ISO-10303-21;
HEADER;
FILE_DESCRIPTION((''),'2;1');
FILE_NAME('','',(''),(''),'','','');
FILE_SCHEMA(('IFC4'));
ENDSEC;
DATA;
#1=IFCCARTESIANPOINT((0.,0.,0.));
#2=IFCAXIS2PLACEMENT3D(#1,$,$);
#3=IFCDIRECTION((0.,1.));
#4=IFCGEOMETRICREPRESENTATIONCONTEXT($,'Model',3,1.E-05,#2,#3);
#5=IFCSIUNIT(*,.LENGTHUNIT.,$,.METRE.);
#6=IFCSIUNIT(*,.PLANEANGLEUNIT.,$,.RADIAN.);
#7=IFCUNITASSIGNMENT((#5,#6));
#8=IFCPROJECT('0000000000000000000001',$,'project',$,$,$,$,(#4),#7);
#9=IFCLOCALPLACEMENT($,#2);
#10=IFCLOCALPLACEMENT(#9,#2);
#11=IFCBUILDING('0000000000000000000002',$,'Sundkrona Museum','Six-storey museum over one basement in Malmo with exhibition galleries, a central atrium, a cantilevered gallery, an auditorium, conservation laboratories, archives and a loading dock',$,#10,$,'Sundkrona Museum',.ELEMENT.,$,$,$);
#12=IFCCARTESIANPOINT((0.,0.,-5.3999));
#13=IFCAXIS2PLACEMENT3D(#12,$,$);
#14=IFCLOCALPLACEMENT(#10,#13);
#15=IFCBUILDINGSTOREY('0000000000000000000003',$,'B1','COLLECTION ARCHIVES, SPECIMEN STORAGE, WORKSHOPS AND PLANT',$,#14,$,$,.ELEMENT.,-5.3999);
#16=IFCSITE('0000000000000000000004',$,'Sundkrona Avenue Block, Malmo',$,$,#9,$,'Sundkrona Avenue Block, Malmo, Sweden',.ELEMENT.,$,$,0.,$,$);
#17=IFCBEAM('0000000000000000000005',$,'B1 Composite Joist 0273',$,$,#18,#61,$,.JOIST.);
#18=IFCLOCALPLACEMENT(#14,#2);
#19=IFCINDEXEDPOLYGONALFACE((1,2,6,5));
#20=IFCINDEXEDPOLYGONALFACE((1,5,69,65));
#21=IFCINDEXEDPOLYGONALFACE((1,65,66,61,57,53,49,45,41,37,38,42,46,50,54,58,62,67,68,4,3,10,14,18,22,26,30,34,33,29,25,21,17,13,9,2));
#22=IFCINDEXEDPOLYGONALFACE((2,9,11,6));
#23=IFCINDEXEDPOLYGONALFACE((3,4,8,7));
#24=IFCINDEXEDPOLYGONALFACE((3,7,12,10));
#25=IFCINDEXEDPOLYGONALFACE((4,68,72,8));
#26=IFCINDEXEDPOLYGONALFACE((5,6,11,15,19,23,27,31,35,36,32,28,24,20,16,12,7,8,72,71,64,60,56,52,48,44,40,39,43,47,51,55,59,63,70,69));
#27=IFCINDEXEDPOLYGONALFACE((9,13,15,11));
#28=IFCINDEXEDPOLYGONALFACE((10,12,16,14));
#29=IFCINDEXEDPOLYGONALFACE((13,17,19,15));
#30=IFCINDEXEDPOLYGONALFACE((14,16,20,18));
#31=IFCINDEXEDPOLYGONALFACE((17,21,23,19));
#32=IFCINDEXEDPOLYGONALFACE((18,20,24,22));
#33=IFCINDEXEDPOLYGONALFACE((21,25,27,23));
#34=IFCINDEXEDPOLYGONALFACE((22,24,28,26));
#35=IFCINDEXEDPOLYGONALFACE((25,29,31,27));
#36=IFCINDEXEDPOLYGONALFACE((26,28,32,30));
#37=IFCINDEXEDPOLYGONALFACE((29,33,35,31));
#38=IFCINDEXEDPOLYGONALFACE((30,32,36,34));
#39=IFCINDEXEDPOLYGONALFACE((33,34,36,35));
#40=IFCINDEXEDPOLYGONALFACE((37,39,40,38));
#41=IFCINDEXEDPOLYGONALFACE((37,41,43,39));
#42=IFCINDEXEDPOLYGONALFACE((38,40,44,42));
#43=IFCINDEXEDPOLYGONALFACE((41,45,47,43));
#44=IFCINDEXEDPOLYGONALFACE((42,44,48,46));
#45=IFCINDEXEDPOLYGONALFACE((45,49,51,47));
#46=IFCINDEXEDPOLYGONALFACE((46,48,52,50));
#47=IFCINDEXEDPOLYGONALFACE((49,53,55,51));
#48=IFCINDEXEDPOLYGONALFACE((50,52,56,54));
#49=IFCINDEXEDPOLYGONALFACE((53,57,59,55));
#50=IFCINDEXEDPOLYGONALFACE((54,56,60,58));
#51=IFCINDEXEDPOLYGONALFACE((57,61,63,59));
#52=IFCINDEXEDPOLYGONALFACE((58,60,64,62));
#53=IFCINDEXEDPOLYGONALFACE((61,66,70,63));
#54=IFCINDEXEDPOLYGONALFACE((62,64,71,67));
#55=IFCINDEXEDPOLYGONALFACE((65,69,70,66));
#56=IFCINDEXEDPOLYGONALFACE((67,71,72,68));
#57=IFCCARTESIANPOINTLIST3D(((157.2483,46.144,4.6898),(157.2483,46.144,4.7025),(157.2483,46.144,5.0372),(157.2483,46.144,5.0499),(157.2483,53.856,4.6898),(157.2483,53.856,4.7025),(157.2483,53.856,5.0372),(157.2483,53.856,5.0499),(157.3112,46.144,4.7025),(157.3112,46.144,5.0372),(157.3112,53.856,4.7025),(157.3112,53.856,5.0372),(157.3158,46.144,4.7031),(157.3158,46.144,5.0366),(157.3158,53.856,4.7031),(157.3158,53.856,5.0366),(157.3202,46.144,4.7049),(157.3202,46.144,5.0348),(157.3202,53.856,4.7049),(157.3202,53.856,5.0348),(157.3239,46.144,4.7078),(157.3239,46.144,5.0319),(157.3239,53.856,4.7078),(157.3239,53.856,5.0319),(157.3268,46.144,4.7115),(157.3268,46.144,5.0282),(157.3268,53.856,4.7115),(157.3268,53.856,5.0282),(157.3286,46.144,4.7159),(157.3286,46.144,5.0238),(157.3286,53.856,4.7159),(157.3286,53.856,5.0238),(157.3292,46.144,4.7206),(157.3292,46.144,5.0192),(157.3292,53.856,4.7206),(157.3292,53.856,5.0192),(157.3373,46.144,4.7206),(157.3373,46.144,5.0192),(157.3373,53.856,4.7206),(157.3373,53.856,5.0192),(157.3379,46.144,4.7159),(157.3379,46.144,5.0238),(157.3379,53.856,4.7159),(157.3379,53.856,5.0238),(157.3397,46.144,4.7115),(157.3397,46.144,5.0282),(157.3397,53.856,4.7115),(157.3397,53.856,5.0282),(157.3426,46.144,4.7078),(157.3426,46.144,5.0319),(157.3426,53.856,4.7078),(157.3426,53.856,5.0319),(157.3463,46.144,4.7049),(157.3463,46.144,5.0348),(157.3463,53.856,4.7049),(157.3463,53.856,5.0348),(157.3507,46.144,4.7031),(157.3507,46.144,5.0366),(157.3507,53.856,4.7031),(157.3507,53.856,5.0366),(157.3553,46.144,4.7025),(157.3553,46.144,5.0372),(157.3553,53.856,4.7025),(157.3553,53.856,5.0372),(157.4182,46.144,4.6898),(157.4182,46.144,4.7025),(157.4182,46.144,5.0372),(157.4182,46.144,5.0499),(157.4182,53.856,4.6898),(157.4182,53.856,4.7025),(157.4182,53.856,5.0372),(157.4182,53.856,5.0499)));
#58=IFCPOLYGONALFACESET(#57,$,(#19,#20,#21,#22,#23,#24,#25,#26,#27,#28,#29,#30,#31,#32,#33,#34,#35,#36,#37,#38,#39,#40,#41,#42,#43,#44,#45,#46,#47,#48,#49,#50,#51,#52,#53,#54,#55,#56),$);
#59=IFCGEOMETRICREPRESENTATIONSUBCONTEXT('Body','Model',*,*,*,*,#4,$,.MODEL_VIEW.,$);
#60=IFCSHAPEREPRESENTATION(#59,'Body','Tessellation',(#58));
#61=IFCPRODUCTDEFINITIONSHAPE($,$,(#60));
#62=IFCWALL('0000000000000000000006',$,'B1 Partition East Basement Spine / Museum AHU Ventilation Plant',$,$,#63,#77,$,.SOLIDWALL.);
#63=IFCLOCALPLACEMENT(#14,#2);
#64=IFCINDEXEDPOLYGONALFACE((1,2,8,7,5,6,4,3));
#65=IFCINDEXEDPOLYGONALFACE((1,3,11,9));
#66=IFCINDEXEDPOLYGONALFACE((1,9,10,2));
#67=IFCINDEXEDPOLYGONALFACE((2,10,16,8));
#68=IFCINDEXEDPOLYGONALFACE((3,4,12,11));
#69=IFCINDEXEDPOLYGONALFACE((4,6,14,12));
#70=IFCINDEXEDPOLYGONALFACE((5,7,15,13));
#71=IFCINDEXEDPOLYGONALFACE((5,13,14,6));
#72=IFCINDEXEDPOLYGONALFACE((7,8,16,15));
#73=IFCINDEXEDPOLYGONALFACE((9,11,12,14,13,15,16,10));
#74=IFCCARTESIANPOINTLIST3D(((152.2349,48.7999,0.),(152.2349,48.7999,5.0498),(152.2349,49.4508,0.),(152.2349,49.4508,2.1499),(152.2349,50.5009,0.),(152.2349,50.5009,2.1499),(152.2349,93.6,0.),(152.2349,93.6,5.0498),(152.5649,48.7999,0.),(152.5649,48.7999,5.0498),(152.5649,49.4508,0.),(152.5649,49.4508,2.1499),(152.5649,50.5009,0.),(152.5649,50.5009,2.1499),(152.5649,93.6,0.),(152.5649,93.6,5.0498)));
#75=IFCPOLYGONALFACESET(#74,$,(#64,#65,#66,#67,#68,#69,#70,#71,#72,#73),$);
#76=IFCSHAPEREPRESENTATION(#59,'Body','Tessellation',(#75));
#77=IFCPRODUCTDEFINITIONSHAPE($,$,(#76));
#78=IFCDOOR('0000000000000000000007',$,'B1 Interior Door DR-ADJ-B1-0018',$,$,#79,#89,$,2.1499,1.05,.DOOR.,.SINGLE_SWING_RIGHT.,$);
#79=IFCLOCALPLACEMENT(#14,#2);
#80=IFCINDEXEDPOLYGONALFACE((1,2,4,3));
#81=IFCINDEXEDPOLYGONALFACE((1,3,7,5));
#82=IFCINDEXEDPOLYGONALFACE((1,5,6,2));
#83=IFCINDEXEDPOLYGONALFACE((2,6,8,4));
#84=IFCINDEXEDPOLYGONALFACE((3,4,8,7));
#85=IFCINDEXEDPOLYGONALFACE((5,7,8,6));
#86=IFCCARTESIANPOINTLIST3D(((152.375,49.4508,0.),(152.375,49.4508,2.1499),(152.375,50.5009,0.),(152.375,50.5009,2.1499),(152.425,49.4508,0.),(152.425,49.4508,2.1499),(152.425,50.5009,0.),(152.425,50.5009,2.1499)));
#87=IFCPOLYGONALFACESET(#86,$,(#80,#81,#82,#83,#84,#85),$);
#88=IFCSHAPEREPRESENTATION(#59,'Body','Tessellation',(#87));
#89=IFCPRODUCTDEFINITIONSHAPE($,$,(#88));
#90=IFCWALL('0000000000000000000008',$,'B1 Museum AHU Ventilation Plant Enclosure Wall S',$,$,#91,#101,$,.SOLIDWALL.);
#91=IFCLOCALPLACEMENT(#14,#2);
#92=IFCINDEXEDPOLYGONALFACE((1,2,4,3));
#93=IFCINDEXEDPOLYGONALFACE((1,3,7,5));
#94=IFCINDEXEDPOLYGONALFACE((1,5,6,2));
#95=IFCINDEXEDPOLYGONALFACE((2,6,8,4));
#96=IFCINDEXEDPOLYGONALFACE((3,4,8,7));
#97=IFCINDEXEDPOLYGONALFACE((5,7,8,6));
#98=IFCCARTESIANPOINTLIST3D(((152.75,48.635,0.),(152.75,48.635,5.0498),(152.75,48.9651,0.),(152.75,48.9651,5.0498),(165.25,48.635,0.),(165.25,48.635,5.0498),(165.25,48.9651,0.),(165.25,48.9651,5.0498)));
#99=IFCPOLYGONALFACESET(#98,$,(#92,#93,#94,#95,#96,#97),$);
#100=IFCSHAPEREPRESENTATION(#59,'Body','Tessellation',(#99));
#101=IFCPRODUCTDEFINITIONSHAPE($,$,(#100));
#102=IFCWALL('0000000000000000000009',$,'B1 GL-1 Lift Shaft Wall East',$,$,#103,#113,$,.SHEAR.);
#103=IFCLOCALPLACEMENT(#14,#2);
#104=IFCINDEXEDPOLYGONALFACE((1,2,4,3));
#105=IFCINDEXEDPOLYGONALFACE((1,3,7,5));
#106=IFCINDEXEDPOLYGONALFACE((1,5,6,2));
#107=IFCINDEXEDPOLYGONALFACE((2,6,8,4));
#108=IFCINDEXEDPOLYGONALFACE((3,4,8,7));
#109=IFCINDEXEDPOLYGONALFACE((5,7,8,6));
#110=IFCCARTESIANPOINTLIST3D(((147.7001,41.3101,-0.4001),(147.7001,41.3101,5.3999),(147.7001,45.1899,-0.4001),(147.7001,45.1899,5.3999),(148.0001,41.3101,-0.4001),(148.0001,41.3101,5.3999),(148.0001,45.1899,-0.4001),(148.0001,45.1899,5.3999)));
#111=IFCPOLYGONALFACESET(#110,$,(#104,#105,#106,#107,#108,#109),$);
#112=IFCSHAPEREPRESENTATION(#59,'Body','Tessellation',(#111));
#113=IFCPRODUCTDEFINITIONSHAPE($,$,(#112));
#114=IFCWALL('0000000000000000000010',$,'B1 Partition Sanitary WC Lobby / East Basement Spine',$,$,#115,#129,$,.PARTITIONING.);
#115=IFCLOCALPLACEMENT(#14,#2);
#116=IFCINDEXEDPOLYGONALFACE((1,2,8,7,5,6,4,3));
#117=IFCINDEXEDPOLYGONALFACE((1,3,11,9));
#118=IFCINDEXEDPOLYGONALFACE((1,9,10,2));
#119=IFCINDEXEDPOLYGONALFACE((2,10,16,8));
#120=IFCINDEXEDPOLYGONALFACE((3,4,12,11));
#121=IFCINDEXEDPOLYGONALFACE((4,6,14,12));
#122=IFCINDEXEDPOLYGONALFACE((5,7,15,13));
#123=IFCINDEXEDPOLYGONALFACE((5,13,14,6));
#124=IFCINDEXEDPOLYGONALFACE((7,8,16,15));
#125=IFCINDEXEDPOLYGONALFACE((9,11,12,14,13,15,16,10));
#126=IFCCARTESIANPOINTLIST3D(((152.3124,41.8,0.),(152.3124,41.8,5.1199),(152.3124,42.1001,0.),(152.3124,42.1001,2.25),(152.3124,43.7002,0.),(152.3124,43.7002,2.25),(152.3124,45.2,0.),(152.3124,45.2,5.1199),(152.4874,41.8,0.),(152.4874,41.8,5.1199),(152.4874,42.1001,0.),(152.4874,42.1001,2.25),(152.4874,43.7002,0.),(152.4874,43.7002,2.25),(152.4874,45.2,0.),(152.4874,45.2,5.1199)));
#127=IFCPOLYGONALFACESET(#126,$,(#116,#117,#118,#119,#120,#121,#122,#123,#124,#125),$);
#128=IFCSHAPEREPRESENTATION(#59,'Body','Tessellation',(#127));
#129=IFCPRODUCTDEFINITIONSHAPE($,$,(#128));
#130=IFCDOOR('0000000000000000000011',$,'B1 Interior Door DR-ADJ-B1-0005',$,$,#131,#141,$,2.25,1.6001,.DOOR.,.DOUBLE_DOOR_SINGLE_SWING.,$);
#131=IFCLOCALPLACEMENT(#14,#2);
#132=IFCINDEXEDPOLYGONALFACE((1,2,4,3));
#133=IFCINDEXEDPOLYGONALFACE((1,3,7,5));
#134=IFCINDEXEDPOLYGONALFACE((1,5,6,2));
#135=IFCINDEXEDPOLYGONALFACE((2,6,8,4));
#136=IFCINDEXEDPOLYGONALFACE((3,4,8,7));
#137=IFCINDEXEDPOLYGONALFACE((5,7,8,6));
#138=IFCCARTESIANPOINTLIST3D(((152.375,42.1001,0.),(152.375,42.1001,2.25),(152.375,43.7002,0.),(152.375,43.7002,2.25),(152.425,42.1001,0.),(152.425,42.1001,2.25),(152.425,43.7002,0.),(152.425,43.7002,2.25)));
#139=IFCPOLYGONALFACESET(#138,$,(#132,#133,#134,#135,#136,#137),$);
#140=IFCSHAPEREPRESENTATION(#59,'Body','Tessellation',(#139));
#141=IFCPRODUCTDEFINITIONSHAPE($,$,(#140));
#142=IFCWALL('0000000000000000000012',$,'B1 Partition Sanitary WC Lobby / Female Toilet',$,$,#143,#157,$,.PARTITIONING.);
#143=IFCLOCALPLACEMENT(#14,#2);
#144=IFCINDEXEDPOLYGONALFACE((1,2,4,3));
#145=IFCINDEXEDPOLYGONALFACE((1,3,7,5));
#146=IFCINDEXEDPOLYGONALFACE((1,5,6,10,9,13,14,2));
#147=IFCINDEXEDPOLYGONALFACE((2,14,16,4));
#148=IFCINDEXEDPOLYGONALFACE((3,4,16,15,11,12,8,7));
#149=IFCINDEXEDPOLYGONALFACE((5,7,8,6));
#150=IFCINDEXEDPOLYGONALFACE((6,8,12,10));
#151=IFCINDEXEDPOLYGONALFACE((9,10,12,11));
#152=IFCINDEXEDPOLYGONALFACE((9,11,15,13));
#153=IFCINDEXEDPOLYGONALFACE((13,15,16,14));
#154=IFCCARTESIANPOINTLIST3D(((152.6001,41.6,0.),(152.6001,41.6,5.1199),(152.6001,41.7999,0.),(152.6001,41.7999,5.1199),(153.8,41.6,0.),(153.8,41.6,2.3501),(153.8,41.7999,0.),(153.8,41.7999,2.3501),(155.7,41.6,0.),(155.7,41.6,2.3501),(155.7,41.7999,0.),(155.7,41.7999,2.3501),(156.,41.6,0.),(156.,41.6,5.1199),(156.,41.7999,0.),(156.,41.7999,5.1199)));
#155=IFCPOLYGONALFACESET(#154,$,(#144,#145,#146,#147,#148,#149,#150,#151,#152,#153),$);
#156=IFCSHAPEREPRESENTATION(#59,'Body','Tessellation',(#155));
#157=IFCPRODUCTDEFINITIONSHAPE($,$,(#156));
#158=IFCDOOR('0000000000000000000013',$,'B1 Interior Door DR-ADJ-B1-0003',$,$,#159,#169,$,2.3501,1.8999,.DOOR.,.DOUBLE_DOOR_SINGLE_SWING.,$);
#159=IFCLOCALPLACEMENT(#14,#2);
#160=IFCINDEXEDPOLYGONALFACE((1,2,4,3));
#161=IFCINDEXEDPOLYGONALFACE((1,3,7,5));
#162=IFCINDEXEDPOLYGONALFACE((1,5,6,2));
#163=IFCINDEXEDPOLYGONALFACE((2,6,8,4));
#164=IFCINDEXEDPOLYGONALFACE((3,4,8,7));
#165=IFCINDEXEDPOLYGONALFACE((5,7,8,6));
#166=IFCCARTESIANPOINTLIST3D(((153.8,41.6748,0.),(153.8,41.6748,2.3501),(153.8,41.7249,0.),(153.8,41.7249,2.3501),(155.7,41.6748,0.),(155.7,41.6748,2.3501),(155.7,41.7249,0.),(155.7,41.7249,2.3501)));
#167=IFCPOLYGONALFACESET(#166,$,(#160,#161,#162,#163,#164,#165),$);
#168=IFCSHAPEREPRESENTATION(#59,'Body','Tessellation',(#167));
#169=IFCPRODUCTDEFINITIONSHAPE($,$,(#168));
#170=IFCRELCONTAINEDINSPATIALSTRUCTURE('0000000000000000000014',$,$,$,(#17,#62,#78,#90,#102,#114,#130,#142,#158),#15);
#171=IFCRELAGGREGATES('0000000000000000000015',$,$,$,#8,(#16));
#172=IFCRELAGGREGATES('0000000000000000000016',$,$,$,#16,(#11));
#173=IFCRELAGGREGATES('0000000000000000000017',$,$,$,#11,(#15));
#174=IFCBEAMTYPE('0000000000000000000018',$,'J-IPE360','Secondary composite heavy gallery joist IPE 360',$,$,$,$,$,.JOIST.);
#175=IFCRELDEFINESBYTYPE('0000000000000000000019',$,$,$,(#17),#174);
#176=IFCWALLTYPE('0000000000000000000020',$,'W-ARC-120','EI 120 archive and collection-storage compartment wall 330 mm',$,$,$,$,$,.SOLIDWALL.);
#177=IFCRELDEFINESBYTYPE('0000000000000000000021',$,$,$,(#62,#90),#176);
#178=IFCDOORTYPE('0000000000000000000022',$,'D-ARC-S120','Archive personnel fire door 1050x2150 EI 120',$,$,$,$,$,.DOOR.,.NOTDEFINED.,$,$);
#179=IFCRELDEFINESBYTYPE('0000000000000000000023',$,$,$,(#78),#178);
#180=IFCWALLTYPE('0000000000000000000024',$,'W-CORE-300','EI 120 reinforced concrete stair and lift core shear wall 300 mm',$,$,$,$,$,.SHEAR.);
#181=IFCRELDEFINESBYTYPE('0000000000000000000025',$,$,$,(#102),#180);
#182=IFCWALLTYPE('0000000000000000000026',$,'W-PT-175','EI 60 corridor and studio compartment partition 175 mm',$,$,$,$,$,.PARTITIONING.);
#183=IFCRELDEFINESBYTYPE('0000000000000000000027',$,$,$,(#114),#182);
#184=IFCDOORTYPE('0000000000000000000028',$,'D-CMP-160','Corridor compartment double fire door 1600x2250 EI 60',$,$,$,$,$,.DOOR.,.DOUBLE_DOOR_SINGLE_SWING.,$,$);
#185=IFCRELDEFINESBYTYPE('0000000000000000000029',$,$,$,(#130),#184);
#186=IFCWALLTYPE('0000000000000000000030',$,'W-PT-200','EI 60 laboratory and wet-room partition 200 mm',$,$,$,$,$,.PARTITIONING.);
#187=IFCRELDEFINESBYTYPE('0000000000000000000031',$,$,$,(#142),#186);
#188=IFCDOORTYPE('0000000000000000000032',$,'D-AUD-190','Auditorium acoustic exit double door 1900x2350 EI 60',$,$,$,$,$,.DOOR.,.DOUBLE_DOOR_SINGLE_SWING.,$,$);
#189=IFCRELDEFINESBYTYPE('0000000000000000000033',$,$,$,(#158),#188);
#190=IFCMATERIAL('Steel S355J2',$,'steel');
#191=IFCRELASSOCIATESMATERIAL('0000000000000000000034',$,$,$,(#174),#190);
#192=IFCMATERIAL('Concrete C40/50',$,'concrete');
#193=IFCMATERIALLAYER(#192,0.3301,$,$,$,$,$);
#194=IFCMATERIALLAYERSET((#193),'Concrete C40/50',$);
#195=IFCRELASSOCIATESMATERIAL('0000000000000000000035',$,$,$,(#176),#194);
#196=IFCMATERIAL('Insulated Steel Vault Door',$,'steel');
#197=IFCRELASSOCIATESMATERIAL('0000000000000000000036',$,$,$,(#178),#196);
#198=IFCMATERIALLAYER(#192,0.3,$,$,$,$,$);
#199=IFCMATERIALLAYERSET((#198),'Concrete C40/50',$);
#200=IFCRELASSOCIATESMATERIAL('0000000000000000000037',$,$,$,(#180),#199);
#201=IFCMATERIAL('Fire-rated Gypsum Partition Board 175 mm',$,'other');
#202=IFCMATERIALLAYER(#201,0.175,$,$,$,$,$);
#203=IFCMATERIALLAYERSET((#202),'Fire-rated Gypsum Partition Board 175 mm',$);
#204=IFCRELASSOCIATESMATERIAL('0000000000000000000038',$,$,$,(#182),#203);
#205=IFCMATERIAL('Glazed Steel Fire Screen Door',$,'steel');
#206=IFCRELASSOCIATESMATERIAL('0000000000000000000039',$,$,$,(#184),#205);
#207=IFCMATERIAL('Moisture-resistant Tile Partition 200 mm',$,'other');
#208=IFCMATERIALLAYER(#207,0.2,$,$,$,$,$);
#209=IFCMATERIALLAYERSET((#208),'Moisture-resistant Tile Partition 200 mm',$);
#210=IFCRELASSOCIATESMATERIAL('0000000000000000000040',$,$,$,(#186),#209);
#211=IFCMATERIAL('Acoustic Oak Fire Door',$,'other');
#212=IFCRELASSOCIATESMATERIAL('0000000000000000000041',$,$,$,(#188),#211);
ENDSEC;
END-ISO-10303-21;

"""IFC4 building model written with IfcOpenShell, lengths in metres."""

from ifc_helpers import new_model, si_unit, direction, frame, frame_2d, origin, origin_2d, place, context, subcontext, project, spatial, rectangle, i_section, extrude, material, layer, layer_set, material_profile, profile_set, type_object, element, fill, save


model = new_model("IFC4")

# Units and contexts
model_context = context("Model", 3, precision=1e-05, world=origin(), true_north=direction((0.0, 1.0)))
body_context = subcontext(model_context, "Body", "Model", "MODEL_VIEW")
ifc_project = project(units=[si_unit("LENGTHUNIT", "METRE"), si_unit("PLANEANGLEUNIT", "RADIAN")], contexts=[model_context])

# Site, building, storey
site_placement = place(None, origin())
site = spatial("IfcSite", under=ifc_project, at=site_placement, Name="Sundkrona Avenue Block, Malmo", LongName="Sundkrona Avenue Block, Malmo, Sweden", CompositionType="ELEMENT", RefElevation=0.0)
building_placement = place(site_placement, origin())
building = spatial("IfcBuilding", under=site, at=building_placement, Name="Sundkrona Museum", Description="Six-storey museum over one basement in Malmo with exhibition galleries, a central atrium, a cantilevered gallery, an auditorium, conservation laboratories, archives and a loading dock", LongName="Sundkrona Museum", CompositionType="ELEMENT")
storey_placement = place(building_placement, frame((0.0, 0.0, -5.3999)))
storey = spatial("IfcBuildingStorey", under=building, at=storey_placement, Name="B1", Description="COLLECTION ARCHIVES, SPECIMEN STORAGE, WORKSHOPS AND PLANT", CompositionType="ELEMENT", Elevation=-5.3999)

# Shared definitions
ifc_material_1 = material(Name="Concrete C40/50", Category="concrete")

# Beam
ifc_material_2 = material(Name="Steel S355J2", Category="steel")
ifc_material_profile_1 = material_profile(ifc_material_2, i_section(OverallWidth=0.1699, OverallDepth=0.3601, WebThickness=0.0081, FlangeThickness=0.0127, FilletRadius=0.0181, at=origin_2d()), Name="IPE 360")
ifc_profile_set_1 = profile_set([ifc_material_profile_1], Name="Steel S355J2")
beam_type_1 = type_object("IfcBeamType", Name="J-IPE360", Description="Secondary composite heavy gallery joist IPE 360", PredefinedType="JOIST", material=ifc_profile_set_1)
for number, where, z_axis, x_axis, name in (
    (1, (157.3333, 46.144, 4.8699), (0.0, 1.0, 0.0), (-1.0, 0.0, 0.0), "B1 Composite Joist 0273"),
):
    element("IfcBeam", number, at=place(storey_placement, frame(where, z_axis=z_axis, x_axis=x_axis)), inside=storey, type_object=beam_type_1, Name=name, PredefinedType="JOIST", context=body_context, shape_type="SweptSolid", body=[
        extrude(i_section(OverallWidth=0.1699, OverallDepth=0.3601, WebThickness=0.0081, FlangeThickness=0.0127, FilletRadius=0.0181, at=origin_2d()), origin(), (0.0, 0.0, 1.0), 7.7119),
    ])

# Wall, opening, door
ifc_layer_1 = layer(ifc_material_1, 0.3301)
ifc_layer_set_1 = layer_set([ifc_layer_1], Name="Concrete C40/50")
wall_type_1 = type_object("IfcWallType", Name="W-ARC-120", Description="EI 120 archive and collection-storage compartment wall 330 mm", PredefinedType="SOLIDWALL", material=ifc_layer_set_1)
wall_1_placement = place(storey_placement, frame((152.3999, 48.8, 0.0), z_axis=(0.0, 0.0, 1.0), x_axis=(0.0, 1.0, 0.0)))
wall_1 = element("IfcWall", 2, at=wall_1_placement, inside=storey, type_object=wall_type_1, Name="B1 Partition East Basement Spine / Museum AHU Ventilation Plant", PredefinedType="SOLIDWALL", context=body_context, shape_type="SweptSolid", body=[
    extrude(rectangle(XDim=44.8, YDim=0.3301, at=frame_2d((22.3999, 0.0))), origin(), (0.0, 0.0, 1.0), 5.0498),
])
opening_1_placement = place(wall_1_placement, frame((0.6509, 0.0, 0.0)))
opening_1 = element("IfcOpeningElement", 3, at=opening_1_placement, cuts=wall_1, PredefinedType="OPENING", context=body_context, shape_type="SweptSolid", body=[
    extrude(rectangle(XDim=1.05, YDim=2.1499, at=frame_2d((0.5249, 1.075))), frame((0.0, 0.175, 0.0), z_axis=(0.0, -1.0, 0.0), x_axis=(1.0, 0.0, 0.0)), (0.0, 0.0, 1.0), 0.3501),
])
ifc_material_3 = material(Name="Insulated Steel Vault Door", Category="steel")
door_type_1 = type_object("IfcDoorType", Name="D-ARC-S120", Description="Archive personnel fire door 1050x2150 EI 120", OperationType="NOTDEFINED", PredefinedType="DOOR", material=ifc_material_3)
door_1_placement = place(opening_1_placement, origin())
door_1 = element("IfcDoor", 4, at=door_1_placement, inside=storey, type_object=door_type_1, Name="B1 Interior Door DR-ADJ-B1-0018", OperationType="SINGLE_SWING_RIGHT", OverallHeight=2.1499, OverallWidth=1.05, PredefinedType="DOOR", context=body_context, shape_type="SweptSolid", body=[
    extrude(rectangle(XDim=1.05, YDim=2.1499, at=frame_2d((0.5249, 1.075))), frame((0.0, 0.0249, 0.0), z_axis=(0.0, -1.0, 0.0), x_axis=(1.0, 0.0, 0.0)), (0.0, 0.0, 1.0), 0.05),
])
fill(opening_1, door_1)

# Walls
wall_2_placement = place(storey_placement, frame((152.75, 48.8, 0.0), z_axis=(0.0, 0.0, 1.0), x_axis=(1.0, 0.0, 0.0)))
element("IfcWall", 5, at=wall_2_placement, inside=storey, type_object=wall_type_1, Name="B1 Museum AHU Ventilation Plant Enclosure Wall S", PredefinedType="SOLIDWALL", context=body_context, shape_type="SweptSolid", body=[
    extrude(rectangle(XDim=12.5, YDim=0.3301, at=frame_2d((6.25, 0.0))), origin(), (0.0, 0.0, 1.0), 5.0498),
])
ifc_layer_2 = layer(ifc_material_1, 0.3)
ifc_layer_set_2 = layer_set([ifc_layer_2], Name="Concrete C40/50")
wall_type_2 = type_object("IfcWallType", Name="W-CORE-300", Description="EI 120 reinforced concrete stair and lift core shear wall 300 mm", PredefinedType="SHEAR", material=ifc_layer_set_2)
wall_3_placement = place(storey_placement, frame((147.8501, 41.3101, -0.4001), z_axis=(0.0, 0.0, 1.0), x_axis=(0.0, 1.0, 0.0)))
element("IfcWall", 6, at=wall_3_placement, inside=storey, type_object=wall_type_2, Name="B1 GL-1 Lift Shaft Wall East", PredefinedType="SHEAR", context=body_context, shape_type="SweptSolid", body=[
    extrude(rectangle(XDim=3.8799, YDim=0.3, at=frame_2d((1.9399, 0.0))), origin(), (0.0, 0.0, 1.0), 5.8),
])

# Walls, openings, doors
ifc_material_4 = material(Name="Fire-rated Gypsum Partition Board 175 mm", Category="other")
ifc_layer_3 = layer(ifc_material_4, 0.175)
ifc_layer_set_3 = layer_set([ifc_layer_3], Name="Fire-rated Gypsum Partition Board 175 mm")
wall_type_3 = type_object("IfcWallType", Name="W-PT-175", Description="EI 60 corridor and studio compartment partition 175 mm", PredefinedType="PARTITIONING", material=ifc_layer_set_3)
wall_4_placement = place(storey_placement, frame((152.3999, 41.8, 0.0), z_axis=(0.0, 0.0, 1.0), x_axis=(0.0, 1.0, 0.0)))
wall_4 = element("IfcWall", 7, at=wall_4_placement, inside=storey, type_object=wall_type_3, Name="B1 Partition Sanitary WC Lobby / East Basement Spine", PredefinedType="PARTITIONING", context=body_context, shape_type="SweptSolid", body=[
    extrude(rectangle(XDim=3.3999, YDim=0.175, at=frame_2d((1.7, 0.0))), origin(), (0.0, 0.0, 1.0), 5.1199),
])
opening_2_placement = place(wall_4_placement, frame((0.3, 0.0, 0.0)))
opening_2 = element("IfcOpeningElement", 8, at=opening_2_placement, cuts=wall_4, PredefinedType="OPENING", context=body_context, shape_type="SweptSolid", body=[
    extrude(rectangle(XDim=1.6001, YDim=2.25, at=frame_2d((0.8, 1.125))), frame((0.0, 0.0974, 0.0), z_axis=(0.0, -1.0, 0.0), x_axis=(1.0, 0.0, 0.0)), (0.0, 0.0, 1.0), 0.1951),
])
ifc_material_5 = material(Name="Glazed Steel Fire Screen Door", Category="steel")
door_type_2 = type_object("IfcDoorType", Name="D-CMP-160", Description="Corridor compartment double fire door 1600x2250 EI 60", OperationType="DOUBLE_DOOR_SINGLE_SWING", PredefinedType="DOOR", material=ifc_material_5)
door_2_placement = place(opening_2_placement, origin())
door_2 = element("IfcDoor", 9, at=door_2_placement, inside=storey, type_object=door_type_2, Name="B1 Interior Door DR-ADJ-B1-0005", OperationType="DOUBLE_DOOR_SINGLE_SWING", OverallHeight=2.25, OverallWidth=1.6001, PredefinedType="DOOR", context=body_context, shape_type="SweptSolid", body=[
    extrude(rectangle(XDim=1.6001, YDim=2.25, at=frame_2d((0.8, 1.125))), frame((0.0, 0.0249, 0.0), z_axis=(0.0, -1.0, 0.0), x_axis=(1.0, 0.0, 0.0)), (0.0, 0.0, 1.0), 0.05),
])
fill(opening_2, door_2)
ifc_material_6 = material(Name="Moisture-resistant Tile Partition 200 mm", Category="other")
ifc_layer_4 = layer(ifc_material_6, 0.2)
ifc_layer_set_4 = layer_set([ifc_layer_4], Name="Moisture-resistant Tile Partition 200 mm")
wall_type_4 = type_object("IfcWallType", Name="W-PT-200", Description="EI 60 laboratory and wet-room partition 200 mm", PredefinedType="PARTITIONING", material=ifc_layer_set_4)
wall_5_placement = place(storey_placement, frame((152.6001, 41.7, 0.0), z_axis=(0.0, 0.0, 1.0), x_axis=(1.0, 0.0, 0.0)))
wall_5 = element("IfcWall", 10, at=wall_5_placement, inside=storey, type_object=wall_type_4, Name="B1 Partition Sanitary WC Lobby / Female Toilet", PredefinedType="PARTITIONING", context=body_context, shape_type="SweptSolid", body=[
    extrude(rectangle(XDim=3.3999, YDim=0.2, at=frame_2d((1.7, 0.0))), origin(), (0.0, 0.0, 1.0), 5.1199),
])
opening_3_placement = place(wall_5_placement, frame((1.2, 0.0, 0.0)))
opening_3 = element("IfcOpeningElement", 11, at=opening_3_placement, cuts=wall_5, PredefinedType="OPENING", context=body_context, shape_type="SweptSolid", body=[
    extrude(rectangle(XDim=1.8999, YDim=2.3501, at=frame_2d((0.95, 1.175))), frame((0.0, 0.1099, 0.0), z_axis=(0.0, -1.0, 0.0), x_axis=(1.0, 0.0, 0.0)), (0.0, 0.0, 1.0), 0.22),
])
ifc_material_7 = material(Name="Acoustic Oak Fire Door", Category="other")
door_type_3 = type_object("IfcDoorType", Name="D-AUD-190", Description="Auditorium acoustic exit double door 1900x2350 EI 60", OperationType="DOUBLE_DOOR_SINGLE_SWING", PredefinedType="DOOR", material=ifc_material_7)
door_3_placement = place(opening_3_placement, origin())
door_3 = element("IfcDoor", 12, at=door_3_placement, inside=storey, type_object=door_type_3, Name="B1 Interior Door DR-ADJ-B1-0003", OperationType="DOUBLE_DOOR_SINGLE_SWING", OverallHeight=2.3501, OverallWidth=1.8999, PredefinedType="DOOR", context=body_context, shape_type="SweptSolid", body=[
    extrude(rectangle(XDim=1.8999, YDim=2.3501, at=frame_2d((0.95, 1.175))), frame((0.0, 0.0249, 0.0), z_axis=(0.0, -1.0, 0.0), x_axis=(1.0, 0.0, 0.0)), (0.0, 0.0, 1.0), 0.05),
])
fill(opening_3, door_3)

save(model, "model.ifc")
